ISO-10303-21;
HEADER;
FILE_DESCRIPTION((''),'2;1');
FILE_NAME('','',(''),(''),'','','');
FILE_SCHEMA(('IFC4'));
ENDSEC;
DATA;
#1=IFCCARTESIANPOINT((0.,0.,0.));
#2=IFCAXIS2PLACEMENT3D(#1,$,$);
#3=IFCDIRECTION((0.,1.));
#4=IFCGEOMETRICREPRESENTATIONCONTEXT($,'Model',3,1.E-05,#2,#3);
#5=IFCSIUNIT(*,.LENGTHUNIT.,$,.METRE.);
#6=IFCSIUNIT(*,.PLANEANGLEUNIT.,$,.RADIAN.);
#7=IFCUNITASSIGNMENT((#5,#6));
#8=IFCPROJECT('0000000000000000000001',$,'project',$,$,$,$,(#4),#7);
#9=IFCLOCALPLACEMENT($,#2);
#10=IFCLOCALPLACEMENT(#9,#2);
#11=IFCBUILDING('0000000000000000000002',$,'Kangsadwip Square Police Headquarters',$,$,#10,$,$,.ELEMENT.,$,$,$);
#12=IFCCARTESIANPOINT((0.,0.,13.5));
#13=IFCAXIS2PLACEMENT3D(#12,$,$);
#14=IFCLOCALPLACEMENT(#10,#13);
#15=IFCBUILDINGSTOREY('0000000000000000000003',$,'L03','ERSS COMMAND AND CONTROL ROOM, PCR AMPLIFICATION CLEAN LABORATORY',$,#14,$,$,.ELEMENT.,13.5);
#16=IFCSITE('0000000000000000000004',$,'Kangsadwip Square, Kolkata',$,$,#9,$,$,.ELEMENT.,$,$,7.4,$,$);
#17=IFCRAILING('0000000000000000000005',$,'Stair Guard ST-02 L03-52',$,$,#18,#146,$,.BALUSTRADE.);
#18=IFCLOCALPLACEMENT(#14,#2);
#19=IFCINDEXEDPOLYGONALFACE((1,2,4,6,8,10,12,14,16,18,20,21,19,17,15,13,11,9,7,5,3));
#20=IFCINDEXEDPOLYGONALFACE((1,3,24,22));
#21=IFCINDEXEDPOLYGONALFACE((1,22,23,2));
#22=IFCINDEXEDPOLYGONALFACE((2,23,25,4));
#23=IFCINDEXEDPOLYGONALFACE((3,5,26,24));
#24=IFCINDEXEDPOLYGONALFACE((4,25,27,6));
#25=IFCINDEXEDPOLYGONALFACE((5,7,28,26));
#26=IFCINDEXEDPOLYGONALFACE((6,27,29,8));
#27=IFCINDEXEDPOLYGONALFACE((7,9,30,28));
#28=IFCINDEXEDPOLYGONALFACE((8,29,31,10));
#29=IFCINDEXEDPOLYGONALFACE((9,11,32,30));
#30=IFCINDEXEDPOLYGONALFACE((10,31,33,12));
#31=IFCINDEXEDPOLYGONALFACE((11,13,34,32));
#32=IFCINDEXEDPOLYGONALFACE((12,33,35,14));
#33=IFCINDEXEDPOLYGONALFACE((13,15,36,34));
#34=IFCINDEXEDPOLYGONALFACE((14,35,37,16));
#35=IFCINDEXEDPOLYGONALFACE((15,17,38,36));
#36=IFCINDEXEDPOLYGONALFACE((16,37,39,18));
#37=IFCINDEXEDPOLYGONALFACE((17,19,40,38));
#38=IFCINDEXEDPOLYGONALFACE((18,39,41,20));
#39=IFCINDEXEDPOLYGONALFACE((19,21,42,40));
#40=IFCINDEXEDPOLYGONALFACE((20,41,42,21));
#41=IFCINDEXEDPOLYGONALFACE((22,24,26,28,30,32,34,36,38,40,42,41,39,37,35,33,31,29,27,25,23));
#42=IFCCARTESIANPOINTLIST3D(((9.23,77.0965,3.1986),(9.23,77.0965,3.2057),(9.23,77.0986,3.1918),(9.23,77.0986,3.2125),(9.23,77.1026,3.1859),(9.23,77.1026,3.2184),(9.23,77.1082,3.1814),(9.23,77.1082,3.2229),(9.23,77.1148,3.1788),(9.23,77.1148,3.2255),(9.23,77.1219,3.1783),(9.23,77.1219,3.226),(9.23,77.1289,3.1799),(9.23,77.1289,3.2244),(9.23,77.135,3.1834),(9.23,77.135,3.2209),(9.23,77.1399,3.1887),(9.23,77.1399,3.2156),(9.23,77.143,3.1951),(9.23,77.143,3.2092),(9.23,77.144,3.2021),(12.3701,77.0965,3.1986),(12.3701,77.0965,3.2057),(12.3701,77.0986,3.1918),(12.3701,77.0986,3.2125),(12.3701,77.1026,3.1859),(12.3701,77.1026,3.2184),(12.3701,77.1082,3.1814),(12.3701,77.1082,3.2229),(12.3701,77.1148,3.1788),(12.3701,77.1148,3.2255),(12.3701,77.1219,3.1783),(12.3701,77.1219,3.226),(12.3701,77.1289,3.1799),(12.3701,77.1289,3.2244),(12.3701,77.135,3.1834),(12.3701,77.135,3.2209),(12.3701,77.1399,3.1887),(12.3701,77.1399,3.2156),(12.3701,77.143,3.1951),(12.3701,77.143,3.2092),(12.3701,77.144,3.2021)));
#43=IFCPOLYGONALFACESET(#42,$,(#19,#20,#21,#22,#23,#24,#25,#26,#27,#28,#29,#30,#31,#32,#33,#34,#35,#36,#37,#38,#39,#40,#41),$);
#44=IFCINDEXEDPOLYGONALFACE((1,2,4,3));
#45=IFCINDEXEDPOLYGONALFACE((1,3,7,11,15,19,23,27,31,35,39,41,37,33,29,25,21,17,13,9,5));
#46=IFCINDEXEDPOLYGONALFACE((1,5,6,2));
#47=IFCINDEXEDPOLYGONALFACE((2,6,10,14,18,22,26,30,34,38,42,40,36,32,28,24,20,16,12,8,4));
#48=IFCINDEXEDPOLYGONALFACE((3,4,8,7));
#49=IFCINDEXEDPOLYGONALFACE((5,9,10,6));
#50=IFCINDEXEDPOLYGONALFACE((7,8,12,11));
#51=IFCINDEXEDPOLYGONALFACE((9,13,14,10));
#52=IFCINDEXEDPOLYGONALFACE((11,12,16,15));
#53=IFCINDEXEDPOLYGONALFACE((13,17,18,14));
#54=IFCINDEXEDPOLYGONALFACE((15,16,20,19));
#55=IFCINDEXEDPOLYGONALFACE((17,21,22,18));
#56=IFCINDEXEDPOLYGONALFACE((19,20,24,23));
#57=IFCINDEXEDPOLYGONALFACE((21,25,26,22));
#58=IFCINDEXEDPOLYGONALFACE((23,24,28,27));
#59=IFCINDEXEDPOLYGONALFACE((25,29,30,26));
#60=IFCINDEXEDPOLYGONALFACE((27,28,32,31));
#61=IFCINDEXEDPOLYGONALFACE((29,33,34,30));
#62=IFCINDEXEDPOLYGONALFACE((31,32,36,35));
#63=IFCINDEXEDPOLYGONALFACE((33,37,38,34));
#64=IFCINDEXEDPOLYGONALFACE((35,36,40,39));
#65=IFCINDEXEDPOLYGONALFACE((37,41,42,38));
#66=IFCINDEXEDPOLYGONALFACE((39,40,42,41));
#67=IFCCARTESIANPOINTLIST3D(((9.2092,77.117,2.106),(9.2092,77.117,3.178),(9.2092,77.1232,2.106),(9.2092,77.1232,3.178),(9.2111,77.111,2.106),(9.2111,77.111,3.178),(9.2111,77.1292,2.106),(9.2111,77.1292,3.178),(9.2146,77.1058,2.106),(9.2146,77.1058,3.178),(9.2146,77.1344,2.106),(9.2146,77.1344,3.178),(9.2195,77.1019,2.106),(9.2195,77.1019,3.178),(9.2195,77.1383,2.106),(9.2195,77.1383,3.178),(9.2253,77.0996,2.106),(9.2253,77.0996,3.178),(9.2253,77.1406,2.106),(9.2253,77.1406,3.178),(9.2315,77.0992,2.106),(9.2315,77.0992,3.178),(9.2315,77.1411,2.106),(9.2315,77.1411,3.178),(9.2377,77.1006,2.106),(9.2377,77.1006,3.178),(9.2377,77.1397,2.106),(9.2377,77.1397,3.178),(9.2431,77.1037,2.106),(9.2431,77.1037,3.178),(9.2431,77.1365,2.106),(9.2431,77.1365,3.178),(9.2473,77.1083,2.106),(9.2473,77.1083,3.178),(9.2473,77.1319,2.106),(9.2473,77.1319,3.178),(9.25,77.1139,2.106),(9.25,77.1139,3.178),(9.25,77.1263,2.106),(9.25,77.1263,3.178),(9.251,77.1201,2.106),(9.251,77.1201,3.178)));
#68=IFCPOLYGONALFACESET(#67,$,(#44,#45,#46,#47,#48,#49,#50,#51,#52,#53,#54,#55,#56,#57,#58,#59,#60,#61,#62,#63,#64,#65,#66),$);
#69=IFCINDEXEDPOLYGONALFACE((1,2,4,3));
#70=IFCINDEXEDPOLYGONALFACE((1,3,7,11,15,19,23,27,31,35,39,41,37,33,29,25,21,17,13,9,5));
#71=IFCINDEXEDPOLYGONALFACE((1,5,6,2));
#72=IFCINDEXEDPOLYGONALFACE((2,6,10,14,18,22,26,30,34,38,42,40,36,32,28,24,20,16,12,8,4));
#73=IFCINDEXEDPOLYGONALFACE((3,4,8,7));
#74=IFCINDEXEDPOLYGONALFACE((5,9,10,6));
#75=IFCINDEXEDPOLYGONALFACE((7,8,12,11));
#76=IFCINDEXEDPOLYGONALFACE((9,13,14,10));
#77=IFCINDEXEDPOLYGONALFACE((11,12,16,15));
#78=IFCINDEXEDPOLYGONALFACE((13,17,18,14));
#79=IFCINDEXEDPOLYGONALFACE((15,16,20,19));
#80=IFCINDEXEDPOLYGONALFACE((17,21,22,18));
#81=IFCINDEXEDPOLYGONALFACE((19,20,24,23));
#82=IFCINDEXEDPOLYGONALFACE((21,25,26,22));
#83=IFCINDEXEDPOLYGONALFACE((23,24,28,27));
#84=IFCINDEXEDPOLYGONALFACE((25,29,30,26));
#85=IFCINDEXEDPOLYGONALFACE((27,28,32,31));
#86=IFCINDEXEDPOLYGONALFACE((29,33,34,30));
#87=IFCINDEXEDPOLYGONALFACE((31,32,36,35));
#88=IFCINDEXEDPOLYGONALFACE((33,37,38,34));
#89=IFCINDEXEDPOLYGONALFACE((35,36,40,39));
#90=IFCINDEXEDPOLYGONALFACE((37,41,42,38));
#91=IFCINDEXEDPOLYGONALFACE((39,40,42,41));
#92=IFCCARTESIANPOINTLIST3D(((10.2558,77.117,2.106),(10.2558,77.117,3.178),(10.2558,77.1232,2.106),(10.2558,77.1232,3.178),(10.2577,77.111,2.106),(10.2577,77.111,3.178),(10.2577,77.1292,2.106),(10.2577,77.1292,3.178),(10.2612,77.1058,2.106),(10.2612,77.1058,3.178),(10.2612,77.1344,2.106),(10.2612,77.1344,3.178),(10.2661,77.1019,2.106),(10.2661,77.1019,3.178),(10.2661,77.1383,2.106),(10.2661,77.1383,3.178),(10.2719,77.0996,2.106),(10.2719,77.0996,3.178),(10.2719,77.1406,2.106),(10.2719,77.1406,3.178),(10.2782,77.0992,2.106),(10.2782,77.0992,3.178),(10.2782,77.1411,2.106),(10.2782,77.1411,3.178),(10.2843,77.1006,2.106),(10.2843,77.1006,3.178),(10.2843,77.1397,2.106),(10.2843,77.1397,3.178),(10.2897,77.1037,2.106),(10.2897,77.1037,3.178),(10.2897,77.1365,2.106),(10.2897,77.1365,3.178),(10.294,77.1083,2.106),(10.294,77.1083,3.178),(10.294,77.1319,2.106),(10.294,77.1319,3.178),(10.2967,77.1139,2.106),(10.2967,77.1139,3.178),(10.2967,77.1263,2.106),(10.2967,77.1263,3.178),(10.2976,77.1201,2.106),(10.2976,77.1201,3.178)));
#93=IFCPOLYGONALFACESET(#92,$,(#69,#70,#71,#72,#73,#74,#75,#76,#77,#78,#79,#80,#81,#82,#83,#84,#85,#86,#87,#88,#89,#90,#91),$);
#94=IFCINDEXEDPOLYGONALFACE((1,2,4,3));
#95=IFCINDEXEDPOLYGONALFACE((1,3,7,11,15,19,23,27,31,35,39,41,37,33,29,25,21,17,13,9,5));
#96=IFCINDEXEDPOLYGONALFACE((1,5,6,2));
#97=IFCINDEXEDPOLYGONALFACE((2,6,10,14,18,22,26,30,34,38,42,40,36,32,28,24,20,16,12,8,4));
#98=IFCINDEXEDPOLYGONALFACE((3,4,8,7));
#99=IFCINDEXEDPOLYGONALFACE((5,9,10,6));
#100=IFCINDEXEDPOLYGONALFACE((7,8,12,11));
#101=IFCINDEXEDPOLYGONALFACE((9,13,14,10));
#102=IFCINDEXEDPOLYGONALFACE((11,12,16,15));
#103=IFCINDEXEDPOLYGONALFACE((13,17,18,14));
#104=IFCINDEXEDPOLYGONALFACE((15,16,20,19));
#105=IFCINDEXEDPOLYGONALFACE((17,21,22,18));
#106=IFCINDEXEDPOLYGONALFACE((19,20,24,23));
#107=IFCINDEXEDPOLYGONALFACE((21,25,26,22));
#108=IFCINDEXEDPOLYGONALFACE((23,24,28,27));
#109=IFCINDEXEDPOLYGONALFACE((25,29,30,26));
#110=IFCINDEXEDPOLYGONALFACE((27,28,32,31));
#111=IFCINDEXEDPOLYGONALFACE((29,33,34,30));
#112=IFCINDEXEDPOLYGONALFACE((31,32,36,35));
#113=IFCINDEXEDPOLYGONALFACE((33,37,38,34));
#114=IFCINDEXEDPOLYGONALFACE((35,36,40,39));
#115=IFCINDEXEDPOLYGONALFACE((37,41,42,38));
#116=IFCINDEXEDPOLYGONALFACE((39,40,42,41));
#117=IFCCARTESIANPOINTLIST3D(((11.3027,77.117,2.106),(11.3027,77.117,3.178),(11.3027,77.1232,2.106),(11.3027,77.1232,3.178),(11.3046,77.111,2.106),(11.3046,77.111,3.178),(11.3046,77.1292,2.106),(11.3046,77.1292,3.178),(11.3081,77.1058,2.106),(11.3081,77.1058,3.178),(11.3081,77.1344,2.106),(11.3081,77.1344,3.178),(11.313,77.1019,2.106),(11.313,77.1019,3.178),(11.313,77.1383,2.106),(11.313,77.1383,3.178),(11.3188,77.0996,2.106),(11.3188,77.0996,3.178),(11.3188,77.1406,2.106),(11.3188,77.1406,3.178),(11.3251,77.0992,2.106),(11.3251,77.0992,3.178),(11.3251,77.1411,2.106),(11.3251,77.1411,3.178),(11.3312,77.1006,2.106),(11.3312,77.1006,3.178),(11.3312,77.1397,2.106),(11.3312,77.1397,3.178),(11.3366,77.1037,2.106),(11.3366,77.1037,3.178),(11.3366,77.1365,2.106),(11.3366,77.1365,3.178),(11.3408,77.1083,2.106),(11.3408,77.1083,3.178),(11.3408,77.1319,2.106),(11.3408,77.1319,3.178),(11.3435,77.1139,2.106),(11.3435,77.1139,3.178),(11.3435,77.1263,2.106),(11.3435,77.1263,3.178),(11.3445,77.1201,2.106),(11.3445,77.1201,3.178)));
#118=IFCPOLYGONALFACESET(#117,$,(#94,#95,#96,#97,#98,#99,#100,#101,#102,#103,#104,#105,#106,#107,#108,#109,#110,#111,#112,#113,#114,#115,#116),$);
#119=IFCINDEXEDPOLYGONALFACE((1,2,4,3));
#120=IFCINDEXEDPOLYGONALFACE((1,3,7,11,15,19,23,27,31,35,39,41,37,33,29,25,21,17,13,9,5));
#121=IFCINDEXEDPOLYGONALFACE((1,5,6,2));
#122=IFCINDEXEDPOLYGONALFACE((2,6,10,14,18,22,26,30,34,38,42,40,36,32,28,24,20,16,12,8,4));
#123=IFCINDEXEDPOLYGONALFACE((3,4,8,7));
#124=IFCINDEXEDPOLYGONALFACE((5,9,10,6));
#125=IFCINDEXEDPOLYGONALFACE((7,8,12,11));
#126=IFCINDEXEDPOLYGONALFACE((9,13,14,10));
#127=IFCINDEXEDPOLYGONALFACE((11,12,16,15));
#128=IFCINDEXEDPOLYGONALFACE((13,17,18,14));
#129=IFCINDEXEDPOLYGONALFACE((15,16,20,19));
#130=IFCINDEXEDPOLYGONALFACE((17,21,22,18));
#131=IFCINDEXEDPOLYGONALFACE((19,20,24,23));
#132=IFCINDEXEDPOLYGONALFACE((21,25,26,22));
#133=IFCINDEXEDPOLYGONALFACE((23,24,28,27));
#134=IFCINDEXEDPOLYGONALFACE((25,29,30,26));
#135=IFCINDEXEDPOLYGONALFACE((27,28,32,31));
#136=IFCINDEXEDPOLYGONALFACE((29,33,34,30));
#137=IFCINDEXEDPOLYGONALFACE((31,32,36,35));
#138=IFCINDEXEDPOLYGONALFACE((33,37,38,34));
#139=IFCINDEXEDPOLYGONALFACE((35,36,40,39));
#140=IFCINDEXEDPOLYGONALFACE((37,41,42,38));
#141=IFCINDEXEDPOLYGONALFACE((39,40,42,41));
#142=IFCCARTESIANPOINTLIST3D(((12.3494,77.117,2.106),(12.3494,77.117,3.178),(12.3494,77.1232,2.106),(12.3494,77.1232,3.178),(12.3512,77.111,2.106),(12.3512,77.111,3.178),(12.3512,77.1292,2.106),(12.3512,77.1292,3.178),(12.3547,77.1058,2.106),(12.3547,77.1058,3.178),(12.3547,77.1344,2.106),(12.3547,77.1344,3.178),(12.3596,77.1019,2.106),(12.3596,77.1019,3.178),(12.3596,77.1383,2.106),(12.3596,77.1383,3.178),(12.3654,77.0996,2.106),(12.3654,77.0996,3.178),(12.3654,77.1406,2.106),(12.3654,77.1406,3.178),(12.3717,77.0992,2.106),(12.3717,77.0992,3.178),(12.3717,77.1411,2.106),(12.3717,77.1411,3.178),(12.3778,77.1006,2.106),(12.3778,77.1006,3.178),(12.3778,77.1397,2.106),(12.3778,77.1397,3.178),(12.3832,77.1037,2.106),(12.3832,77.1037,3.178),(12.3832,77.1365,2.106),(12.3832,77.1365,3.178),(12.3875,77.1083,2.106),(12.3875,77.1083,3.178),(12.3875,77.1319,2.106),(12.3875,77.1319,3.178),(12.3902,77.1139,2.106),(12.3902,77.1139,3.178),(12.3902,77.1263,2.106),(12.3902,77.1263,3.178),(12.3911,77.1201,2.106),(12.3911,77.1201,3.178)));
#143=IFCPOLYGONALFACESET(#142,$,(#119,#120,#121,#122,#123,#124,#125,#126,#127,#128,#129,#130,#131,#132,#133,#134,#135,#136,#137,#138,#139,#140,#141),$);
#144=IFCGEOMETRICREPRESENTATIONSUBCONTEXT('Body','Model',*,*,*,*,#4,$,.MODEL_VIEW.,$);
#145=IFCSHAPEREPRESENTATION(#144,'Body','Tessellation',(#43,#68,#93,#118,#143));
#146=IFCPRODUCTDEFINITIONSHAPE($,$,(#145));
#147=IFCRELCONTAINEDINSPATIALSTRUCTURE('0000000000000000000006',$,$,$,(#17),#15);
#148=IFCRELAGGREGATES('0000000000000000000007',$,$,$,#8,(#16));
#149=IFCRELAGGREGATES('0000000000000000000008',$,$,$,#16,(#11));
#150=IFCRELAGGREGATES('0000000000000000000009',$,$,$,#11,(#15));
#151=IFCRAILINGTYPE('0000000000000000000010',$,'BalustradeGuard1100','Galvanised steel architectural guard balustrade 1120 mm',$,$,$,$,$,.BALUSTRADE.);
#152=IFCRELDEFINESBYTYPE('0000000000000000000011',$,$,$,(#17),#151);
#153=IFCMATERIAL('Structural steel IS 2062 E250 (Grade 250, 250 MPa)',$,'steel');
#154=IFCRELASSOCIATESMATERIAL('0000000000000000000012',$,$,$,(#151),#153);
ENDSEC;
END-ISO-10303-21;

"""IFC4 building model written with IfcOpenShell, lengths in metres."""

from ifc_helpers import new_model, si_unit, direction, frame, origin, origin_2d, place, context, subcontext, project, spatial, circle, extrude, material, type_object, element, save


model = new_model("IFC4")

# Units and contexts
model_context = context("Model", 3, precision=1e-05, world=origin(), true_north=direction((0.0, 1.0)))
body_context = subcontext(model_context, "Body", "Model", "MODEL_VIEW")
ifc_project = project(units=[si_unit("LENGTHUNIT", "METRE"), si_unit("PLANEANGLEUNIT", "RADIAN")], contexts=[model_context])

# Site, building, storey
site_placement = place(None, origin())
site = spatial("IfcSite", under=ifc_project, at=site_placement, Name="Kangsadwip Square, Kolkata", CompositionType="ELEMENT", RefElevation=7.4)
building_placement = place(site_placement, origin())
building = spatial("IfcBuilding", under=site, at=building_placement, Name="Kangsadwip Square Police Headquarters", CompositionType="ELEMENT")
storey_placement = place(building_placement, frame((0.0, 0.0, 13.5)))
storey = spatial("IfcBuildingStorey", under=building, at=storey_placement, Name="L03", Description="ERSS COMMAND AND CONTROL ROOM, PCR AMPLIFICATION CLEAN LABORATORY", CompositionType="ELEMENT", Elevation=13.5)

# Railing
ifc_material_1 = material(Name="Structural steel IS 2062 E250 (Grade 250, 250 MPa)", Category="steel")
railing_type_1 = type_object("IfcRailingType", Name="BalustradeGuard1100", Description="Galvanised steel architectural guard balustrade 1120 mm", PredefinedType="BALUSTRADE", material=ifc_material_1)
for number, where, name in (
    (1, (9.23, 77.1201, 2.106), "Stair Guard ST-02 L03-52"),
):
    element("IfcRailing", number, at=place(storey_placement, frame(where)), inside=storey, type_object=railing_type_1, Name=name, PredefinedType="BALUSTRADE", context=body_context, shape_type="SweptSolid", body=[
        extrude(circle(Radius=0.0239, at=origin_2d()), frame((0.0, 0.0, 1.0962), z_axis=(1.0, 0.0, 0.0), x_axis=(0.0, 1.0, 0.0)), (0.0, 0.0, 1.0), 3.1401),
        extrude(circle(Radius=0.021, at=origin_2d()), origin(), (0.0, 0.0, 1.0), 1.072),
        extrude(circle(Radius=0.021, at=origin_2d()), frame((1.0466, 0.0, 0.0)), (0.0, 0.0, 1.0), 1.072),
        extrude(circle(Radius=0.021, at=origin_2d()), frame((2.0935, 0.0, 0.0)), (0.0, 0.0, 1.0), 1.072),
        extrude(circle(Radius=0.021, at=origin_2d()), frame((3.1401, 0.0, 0.0)), (0.0, 0.0, 1.0), 1.072),
    ])

save(model, "model.ifc")
